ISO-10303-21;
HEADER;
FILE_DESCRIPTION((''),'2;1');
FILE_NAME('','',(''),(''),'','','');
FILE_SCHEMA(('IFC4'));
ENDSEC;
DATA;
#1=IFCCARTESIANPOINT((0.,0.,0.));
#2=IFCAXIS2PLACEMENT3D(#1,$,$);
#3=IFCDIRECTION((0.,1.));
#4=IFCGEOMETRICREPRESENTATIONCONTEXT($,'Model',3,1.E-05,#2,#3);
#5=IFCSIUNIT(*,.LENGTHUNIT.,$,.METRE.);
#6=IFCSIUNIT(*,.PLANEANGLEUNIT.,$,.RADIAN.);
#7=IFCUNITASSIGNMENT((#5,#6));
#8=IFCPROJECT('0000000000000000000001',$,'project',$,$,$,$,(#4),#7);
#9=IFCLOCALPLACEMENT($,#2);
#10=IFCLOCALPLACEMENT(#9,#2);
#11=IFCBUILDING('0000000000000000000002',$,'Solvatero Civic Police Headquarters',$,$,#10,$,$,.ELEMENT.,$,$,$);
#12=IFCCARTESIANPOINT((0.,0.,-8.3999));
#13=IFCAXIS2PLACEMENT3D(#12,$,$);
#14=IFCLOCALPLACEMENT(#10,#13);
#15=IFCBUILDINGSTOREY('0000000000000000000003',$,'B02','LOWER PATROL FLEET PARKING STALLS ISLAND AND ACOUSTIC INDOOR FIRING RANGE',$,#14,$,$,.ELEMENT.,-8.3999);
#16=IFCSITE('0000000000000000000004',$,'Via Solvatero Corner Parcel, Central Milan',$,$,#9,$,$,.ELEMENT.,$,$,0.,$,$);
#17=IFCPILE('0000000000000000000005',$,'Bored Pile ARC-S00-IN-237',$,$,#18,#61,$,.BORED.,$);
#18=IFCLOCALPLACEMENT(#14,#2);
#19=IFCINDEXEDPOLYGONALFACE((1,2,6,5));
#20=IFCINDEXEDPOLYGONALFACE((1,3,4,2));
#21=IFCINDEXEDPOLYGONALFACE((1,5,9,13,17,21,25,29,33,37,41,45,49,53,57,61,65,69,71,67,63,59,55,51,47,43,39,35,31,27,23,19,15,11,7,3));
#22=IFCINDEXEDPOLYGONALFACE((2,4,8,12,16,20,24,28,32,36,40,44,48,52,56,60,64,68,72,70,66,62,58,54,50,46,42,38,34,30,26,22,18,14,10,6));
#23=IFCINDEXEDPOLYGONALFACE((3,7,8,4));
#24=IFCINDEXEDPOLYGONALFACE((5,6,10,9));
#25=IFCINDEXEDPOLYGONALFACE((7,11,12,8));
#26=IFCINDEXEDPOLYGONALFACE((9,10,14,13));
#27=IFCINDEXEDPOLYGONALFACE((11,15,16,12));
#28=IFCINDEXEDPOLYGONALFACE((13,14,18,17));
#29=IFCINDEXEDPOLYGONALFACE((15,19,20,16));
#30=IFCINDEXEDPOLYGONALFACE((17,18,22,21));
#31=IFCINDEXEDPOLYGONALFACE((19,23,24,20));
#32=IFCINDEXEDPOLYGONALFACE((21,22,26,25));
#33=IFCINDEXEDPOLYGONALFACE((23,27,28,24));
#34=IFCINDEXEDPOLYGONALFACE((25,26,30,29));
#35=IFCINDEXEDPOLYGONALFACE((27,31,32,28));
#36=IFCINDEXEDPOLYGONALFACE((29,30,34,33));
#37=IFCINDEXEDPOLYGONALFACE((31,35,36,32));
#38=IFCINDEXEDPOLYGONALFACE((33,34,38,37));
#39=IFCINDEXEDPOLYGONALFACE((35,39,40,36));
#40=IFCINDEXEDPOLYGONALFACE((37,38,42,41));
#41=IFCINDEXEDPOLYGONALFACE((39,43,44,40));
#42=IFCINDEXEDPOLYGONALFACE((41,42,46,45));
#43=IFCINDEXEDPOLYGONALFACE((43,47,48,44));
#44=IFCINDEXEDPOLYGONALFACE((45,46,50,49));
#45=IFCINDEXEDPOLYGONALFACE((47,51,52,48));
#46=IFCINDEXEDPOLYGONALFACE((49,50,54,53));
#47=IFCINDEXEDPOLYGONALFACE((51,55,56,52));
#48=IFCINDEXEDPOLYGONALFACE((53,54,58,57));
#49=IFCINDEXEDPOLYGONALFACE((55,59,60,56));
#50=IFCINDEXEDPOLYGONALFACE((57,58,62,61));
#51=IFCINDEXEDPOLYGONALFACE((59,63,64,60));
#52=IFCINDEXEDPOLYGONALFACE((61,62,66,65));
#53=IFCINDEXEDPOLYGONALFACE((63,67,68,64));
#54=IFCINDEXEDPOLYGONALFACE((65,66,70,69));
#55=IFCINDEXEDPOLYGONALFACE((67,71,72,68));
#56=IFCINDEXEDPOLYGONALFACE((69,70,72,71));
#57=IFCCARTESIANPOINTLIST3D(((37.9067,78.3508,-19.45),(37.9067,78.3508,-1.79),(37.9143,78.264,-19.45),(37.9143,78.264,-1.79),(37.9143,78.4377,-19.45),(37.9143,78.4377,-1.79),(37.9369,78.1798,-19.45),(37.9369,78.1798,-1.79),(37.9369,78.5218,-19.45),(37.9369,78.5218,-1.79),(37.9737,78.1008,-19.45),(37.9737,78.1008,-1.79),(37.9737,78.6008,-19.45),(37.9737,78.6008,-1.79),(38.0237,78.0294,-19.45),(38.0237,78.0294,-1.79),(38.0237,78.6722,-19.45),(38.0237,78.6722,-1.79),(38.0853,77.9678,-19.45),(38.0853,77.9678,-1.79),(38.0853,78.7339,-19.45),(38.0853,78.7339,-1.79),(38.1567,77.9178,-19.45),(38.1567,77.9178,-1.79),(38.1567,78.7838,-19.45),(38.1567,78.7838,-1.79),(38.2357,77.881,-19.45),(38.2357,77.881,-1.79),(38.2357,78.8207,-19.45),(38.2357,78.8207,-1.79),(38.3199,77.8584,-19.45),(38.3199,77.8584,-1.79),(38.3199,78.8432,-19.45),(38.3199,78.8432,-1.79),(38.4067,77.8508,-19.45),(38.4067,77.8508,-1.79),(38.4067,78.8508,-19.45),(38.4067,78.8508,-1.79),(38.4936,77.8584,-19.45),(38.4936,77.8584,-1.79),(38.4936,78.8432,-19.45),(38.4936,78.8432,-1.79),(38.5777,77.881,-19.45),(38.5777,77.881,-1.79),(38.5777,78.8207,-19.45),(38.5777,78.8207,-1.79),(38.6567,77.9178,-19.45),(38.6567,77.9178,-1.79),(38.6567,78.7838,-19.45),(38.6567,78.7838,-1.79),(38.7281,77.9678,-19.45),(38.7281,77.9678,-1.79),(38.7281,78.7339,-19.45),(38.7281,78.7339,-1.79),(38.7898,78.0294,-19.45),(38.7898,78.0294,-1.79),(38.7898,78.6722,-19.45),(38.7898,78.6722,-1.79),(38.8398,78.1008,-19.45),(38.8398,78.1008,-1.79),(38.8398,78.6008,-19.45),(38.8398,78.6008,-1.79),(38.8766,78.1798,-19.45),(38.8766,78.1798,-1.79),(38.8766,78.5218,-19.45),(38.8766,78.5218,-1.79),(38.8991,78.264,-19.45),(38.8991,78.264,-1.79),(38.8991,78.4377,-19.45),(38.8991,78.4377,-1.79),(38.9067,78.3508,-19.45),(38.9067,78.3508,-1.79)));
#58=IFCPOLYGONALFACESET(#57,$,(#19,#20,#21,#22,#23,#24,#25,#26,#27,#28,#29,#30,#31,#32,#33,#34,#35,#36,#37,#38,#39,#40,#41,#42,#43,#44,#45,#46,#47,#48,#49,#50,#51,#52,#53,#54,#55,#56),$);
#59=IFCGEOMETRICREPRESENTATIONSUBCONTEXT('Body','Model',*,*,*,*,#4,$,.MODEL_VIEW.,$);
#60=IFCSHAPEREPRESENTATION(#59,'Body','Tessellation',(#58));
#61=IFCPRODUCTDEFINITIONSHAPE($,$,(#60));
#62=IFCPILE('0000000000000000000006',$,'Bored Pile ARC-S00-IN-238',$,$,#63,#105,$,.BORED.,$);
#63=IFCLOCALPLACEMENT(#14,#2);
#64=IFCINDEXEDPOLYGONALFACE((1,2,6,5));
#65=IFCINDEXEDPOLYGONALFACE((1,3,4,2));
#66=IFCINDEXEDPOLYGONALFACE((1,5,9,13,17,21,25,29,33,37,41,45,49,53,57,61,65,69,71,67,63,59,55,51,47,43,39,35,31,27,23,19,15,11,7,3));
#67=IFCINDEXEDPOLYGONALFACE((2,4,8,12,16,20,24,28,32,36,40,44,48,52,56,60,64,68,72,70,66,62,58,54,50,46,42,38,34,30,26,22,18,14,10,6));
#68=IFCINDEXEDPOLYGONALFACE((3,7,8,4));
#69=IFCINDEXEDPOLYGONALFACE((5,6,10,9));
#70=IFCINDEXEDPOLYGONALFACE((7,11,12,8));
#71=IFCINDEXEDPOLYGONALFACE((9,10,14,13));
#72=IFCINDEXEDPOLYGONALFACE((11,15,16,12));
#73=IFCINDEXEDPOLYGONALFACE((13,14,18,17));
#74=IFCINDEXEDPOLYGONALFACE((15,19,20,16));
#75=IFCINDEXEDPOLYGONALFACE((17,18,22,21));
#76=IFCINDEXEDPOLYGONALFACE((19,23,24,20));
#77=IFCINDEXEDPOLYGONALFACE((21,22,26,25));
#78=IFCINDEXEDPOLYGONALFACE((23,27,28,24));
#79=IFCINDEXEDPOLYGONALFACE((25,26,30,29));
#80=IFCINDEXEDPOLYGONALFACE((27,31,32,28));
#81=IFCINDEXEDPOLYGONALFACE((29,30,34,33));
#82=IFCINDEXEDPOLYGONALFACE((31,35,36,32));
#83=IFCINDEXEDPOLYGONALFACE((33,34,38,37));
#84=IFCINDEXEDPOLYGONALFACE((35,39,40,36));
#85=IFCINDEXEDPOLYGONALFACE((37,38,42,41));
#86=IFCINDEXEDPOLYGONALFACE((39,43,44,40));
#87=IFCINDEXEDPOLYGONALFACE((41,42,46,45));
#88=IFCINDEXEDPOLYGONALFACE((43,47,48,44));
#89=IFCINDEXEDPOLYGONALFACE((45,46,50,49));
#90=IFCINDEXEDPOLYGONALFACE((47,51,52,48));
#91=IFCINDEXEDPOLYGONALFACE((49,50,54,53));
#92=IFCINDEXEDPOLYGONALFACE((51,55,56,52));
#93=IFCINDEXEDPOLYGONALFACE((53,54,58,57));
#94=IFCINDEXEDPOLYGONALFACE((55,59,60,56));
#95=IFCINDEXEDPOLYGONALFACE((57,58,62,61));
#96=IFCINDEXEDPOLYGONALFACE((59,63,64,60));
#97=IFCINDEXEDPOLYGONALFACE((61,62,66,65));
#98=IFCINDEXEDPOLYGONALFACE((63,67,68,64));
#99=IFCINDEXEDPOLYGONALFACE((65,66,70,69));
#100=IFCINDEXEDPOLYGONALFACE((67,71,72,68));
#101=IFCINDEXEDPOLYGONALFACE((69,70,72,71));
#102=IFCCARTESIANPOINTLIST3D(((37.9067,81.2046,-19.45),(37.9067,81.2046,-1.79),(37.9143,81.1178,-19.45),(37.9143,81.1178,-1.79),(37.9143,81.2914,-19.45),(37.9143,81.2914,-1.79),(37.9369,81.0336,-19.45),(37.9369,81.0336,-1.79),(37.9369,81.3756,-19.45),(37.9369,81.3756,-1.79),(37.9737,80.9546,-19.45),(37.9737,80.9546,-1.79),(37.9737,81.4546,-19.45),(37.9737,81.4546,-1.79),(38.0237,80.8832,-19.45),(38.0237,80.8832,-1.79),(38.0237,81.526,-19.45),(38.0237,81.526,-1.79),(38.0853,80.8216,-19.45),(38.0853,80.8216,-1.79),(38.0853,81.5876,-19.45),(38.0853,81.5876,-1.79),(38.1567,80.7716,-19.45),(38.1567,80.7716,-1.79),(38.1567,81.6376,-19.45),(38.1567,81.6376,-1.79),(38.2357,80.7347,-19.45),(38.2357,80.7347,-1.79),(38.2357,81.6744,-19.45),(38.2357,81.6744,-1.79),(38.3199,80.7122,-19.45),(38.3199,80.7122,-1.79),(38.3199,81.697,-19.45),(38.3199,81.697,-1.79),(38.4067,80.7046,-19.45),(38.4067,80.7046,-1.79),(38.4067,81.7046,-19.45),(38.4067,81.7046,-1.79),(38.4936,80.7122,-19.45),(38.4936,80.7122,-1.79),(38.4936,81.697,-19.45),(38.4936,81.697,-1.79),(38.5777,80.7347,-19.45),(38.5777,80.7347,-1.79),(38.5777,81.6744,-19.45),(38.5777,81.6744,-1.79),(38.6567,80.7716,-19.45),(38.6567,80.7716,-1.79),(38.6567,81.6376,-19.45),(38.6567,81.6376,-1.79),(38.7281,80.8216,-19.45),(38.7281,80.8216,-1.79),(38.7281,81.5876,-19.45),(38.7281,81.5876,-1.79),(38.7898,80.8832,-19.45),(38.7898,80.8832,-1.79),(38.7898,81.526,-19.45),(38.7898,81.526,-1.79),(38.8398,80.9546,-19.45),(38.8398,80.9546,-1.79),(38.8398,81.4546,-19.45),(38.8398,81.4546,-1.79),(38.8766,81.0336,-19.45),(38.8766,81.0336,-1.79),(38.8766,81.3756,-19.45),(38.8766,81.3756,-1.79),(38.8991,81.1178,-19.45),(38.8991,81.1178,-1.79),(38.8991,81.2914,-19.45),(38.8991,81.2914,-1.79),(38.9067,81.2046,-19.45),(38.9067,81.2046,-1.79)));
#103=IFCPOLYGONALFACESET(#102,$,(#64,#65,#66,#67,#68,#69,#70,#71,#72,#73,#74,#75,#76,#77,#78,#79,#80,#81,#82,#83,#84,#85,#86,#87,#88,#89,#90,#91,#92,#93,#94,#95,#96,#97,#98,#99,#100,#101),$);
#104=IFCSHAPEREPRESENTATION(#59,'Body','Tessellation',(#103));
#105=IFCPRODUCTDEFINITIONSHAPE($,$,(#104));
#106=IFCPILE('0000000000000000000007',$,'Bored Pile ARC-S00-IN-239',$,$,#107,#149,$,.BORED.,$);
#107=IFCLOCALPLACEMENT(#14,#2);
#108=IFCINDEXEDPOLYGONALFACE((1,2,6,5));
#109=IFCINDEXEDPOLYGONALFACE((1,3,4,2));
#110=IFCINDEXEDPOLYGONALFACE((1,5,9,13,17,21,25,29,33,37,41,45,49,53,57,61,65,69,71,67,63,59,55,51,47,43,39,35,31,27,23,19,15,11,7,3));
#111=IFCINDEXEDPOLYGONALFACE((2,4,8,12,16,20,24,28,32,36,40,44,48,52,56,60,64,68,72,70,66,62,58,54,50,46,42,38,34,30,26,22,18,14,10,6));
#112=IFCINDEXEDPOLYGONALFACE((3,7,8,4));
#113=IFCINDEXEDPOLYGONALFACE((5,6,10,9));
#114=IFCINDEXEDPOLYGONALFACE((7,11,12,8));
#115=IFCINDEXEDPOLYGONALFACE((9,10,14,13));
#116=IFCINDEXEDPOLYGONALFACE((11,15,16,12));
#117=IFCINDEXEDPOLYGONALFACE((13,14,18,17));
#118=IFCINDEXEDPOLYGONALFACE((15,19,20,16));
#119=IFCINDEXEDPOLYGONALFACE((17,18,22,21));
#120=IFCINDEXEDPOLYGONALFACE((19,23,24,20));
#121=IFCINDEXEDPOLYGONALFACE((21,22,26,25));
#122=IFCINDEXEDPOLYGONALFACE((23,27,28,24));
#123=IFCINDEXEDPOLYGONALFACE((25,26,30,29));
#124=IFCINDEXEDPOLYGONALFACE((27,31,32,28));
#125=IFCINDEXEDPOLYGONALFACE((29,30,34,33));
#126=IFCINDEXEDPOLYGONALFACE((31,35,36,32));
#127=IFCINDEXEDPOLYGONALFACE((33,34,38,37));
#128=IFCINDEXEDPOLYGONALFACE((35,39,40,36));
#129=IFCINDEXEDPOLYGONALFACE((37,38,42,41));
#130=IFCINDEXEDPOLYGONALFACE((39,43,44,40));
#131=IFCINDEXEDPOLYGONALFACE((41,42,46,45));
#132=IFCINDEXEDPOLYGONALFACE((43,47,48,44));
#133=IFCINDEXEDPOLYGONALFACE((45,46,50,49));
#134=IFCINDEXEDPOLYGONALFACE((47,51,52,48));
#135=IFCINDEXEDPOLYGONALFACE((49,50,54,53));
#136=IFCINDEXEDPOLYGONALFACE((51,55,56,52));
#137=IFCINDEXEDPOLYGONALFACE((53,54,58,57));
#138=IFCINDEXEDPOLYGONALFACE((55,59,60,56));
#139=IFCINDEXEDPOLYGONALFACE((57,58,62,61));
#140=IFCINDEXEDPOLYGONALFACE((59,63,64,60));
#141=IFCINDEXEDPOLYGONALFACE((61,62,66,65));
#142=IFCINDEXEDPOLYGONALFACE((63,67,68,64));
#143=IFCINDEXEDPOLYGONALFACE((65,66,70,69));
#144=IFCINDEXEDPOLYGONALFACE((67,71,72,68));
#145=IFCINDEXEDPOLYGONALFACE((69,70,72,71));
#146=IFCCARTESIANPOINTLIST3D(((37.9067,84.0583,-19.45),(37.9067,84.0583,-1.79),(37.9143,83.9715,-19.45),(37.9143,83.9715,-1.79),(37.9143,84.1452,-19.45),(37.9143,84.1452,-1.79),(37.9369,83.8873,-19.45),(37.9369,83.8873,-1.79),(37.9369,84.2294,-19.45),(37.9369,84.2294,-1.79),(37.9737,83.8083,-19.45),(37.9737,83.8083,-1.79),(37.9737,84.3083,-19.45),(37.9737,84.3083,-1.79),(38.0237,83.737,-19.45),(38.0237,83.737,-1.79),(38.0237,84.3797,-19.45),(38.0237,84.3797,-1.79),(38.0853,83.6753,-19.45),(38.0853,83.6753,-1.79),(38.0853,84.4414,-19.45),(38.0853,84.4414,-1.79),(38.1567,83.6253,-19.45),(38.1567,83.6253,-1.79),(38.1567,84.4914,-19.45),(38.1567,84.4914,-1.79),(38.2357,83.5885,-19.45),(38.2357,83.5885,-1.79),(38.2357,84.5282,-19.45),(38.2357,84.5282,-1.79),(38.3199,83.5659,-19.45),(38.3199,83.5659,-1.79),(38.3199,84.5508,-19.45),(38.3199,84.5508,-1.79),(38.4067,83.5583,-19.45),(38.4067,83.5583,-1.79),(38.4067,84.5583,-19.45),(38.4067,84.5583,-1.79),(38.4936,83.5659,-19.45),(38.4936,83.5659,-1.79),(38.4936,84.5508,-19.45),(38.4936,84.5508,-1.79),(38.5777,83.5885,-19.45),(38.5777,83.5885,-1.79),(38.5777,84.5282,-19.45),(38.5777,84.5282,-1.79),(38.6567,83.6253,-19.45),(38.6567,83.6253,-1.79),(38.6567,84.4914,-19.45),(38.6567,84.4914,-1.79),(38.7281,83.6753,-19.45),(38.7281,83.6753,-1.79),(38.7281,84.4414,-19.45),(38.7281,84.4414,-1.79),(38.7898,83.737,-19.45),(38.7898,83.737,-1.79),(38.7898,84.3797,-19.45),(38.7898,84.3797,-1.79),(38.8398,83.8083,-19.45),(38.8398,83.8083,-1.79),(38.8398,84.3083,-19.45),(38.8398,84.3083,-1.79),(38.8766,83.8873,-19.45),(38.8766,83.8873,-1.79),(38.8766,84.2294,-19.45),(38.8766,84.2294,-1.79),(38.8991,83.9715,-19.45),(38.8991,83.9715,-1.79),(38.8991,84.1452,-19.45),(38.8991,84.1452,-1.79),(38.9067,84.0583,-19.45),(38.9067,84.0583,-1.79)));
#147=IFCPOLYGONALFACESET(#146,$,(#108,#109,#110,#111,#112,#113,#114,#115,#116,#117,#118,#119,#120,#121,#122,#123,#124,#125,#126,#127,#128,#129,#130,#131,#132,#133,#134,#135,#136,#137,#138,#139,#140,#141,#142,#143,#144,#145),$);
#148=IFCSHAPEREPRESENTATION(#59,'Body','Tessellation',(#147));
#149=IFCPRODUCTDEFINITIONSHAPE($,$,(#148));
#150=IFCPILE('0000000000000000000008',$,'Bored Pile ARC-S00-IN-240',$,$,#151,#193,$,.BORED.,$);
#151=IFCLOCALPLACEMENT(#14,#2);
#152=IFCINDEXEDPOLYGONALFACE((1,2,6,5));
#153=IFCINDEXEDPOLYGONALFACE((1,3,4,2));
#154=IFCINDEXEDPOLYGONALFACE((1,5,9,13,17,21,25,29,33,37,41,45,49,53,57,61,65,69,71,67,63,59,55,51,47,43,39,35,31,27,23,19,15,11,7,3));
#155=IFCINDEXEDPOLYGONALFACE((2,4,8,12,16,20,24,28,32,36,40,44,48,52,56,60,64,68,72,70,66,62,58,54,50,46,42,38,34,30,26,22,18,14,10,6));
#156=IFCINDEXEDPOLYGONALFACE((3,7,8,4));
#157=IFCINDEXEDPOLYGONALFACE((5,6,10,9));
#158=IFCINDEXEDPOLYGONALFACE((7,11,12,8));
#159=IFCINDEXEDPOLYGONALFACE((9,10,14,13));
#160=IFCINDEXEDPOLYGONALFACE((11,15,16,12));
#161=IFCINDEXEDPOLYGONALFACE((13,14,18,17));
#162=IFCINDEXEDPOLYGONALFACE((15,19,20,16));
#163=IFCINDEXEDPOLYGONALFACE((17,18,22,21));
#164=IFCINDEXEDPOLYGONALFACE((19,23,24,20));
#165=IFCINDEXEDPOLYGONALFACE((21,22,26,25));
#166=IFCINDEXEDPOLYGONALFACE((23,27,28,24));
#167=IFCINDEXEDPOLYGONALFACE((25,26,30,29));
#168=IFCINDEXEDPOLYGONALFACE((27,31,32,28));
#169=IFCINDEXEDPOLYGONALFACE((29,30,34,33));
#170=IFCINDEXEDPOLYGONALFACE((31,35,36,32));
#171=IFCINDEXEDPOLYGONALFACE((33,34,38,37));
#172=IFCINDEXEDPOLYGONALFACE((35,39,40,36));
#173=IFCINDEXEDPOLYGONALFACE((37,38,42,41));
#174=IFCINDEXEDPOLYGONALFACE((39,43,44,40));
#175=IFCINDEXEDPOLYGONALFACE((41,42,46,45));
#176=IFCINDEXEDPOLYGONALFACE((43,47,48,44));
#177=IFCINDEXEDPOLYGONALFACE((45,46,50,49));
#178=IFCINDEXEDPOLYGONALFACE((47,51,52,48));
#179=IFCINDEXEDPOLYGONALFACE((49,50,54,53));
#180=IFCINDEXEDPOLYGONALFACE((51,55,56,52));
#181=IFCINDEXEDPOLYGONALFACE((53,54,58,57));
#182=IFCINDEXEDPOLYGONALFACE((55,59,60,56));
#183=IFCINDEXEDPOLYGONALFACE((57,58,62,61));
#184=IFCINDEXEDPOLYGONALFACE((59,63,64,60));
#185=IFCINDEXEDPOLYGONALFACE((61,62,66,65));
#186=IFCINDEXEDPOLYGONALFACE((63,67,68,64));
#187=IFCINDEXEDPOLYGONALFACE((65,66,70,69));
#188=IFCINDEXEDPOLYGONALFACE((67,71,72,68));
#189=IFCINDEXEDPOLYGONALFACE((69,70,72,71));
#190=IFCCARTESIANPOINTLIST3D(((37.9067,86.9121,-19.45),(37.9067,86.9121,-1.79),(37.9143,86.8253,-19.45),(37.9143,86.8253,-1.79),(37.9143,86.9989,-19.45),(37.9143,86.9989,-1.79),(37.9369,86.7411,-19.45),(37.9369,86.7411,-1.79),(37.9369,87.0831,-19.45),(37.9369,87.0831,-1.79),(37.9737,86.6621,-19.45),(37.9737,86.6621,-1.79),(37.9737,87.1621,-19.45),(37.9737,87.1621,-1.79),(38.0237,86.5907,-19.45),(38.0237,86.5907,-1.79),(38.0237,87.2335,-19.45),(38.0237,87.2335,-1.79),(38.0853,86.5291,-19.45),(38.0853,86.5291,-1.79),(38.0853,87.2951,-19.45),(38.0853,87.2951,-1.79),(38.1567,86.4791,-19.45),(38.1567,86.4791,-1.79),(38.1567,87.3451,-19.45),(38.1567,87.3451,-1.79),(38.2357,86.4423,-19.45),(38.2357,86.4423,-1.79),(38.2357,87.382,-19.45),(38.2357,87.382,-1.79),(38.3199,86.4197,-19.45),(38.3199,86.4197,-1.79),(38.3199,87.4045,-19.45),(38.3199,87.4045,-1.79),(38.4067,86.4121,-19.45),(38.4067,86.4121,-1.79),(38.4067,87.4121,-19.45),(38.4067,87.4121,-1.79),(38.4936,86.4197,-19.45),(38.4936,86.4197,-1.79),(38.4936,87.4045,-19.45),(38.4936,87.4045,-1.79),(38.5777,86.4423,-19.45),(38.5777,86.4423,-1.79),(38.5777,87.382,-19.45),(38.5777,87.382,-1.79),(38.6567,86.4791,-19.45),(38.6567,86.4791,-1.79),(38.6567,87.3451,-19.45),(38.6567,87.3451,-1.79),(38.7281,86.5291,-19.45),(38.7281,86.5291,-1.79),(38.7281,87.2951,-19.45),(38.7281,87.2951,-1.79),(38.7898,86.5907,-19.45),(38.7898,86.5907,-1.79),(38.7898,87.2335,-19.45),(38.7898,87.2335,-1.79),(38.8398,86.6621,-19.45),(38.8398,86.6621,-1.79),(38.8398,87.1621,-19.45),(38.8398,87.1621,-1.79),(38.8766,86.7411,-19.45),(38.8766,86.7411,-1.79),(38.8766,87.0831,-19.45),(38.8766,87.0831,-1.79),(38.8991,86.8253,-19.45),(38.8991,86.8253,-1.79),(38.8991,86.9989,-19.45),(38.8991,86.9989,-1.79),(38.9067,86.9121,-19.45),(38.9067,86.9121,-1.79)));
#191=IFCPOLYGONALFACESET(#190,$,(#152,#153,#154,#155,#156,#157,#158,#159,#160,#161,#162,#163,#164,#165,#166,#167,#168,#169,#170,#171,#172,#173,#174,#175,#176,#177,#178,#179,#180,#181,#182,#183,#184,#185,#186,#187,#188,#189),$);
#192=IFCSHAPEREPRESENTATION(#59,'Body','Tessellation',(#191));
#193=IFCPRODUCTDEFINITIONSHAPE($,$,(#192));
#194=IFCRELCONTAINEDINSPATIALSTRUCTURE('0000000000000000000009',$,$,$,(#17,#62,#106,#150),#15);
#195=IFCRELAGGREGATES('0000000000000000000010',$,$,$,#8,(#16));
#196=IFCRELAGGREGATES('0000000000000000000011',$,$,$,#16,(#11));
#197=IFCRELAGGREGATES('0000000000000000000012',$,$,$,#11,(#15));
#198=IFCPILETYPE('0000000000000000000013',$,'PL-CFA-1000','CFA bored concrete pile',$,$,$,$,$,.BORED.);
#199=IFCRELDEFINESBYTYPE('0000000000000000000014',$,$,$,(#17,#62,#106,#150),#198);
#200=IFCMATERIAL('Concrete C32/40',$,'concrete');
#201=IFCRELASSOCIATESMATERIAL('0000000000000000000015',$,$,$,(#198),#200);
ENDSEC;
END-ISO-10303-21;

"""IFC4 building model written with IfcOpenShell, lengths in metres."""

from ifc_helpers import new_model, si_unit, direction, frame, origin, origin_2d, place, context, subcontext, project, spatial, circle, extrude, material, material_profile, profile_set, type_object, element, save


model = new_model("IFC4")

# Units and contexts
model_context = context("Model", 3, precision=1e-05, world=origin(), true_north=direction((0.0, 1.0)))
body_context = subcontext(model_context, "Body", "Model", "MODEL_VIEW")
ifc_project = project(units=[si_unit("LENGTHUNIT", "METRE"), si_unit("PLANEANGLEUNIT", "RADIAN")], contexts=[model_context])

# Site, building, storey
site_placement = place(None, origin())
site = spatial("IfcSite", under=ifc_project, at=site_placement, Name="Via Solvatero Corner Parcel, Central Milan", CompositionType="ELEMENT", RefElevation=0.0)
building_placement = place(site_placement, origin())
building = spatial("IfcBuilding", under=site, at=building_placement, Name="Solvatero Civic Police Headquarters", CompositionType="ELEMENT")
storey_placement = place(building_placement, frame((0.0, 0.0, -8.3999)))
storey = spatial("IfcBuildingStorey", under=building, at=storey_placement, Name="B02", Description="LOWER PATROL FLEET PARKING STALLS ISLAND AND ACOUSTIC INDOOR FIRING RANGE", CompositionType="ELEMENT", Elevation=-8.3999)

# Piles
ifc_material_1 = material(Name="Concrete C32/40", Category="concrete")
ifc_material_profile_1 = material_profile(ifc_material_1, circle(Radius=0.5, at=origin_2d()), Name="CFA PILE D1000")
ifc_profile_set_1 = profile_set([ifc_material_profile_1], Name="Concrete C32/40")
pile_type_1 = type_object("IfcPileType", Name="PL-CFA-1000", Description="CFA bored concrete pile", PredefinedType="BORED", material=ifc_profile_set_1)
for number, where, z_axis, x_axis, name in (
    (1, (38.4067, 78.3508, -1.79), (0.0, 0.0, -1.0), (1.0, 0.0, 0.0), "Bored Pile ARC-S00-IN-237"),
    (2, (38.4067, 81.2046, -1.79), (0.0, 0.0, -1.0), (1.0, 0.0, 0.0), "Bored Pile ARC-S00-IN-238"),
    (3, (38.4067, 84.0583, -1.79), (0.0, 0.0, -1.0), (1.0, 0.0, 0.0), "Bored Pile ARC-S00-IN-239"),
    (4, (38.4067, 86.9121, -1.79), (0.0, 0.0, -1.0), (1.0, 0.0, 0.0), "Bored Pile ARC-S00-IN-240"),
):
    element("IfcPile", number, at=place(storey_placement, frame(where, z_axis=z_axis, x_axis=x_axis)), inside=storey, type_object=pile_type_1, Name=name, PredefinedType="BORED", context=body_context, shape_type="SweptSolid", body=[
        extrude(circle(Radius=0.5, at=origin_2d()), origin(), (0.0, 0.0, 1.0), 17.6599),
    ])

save(model, "model.ifc")
